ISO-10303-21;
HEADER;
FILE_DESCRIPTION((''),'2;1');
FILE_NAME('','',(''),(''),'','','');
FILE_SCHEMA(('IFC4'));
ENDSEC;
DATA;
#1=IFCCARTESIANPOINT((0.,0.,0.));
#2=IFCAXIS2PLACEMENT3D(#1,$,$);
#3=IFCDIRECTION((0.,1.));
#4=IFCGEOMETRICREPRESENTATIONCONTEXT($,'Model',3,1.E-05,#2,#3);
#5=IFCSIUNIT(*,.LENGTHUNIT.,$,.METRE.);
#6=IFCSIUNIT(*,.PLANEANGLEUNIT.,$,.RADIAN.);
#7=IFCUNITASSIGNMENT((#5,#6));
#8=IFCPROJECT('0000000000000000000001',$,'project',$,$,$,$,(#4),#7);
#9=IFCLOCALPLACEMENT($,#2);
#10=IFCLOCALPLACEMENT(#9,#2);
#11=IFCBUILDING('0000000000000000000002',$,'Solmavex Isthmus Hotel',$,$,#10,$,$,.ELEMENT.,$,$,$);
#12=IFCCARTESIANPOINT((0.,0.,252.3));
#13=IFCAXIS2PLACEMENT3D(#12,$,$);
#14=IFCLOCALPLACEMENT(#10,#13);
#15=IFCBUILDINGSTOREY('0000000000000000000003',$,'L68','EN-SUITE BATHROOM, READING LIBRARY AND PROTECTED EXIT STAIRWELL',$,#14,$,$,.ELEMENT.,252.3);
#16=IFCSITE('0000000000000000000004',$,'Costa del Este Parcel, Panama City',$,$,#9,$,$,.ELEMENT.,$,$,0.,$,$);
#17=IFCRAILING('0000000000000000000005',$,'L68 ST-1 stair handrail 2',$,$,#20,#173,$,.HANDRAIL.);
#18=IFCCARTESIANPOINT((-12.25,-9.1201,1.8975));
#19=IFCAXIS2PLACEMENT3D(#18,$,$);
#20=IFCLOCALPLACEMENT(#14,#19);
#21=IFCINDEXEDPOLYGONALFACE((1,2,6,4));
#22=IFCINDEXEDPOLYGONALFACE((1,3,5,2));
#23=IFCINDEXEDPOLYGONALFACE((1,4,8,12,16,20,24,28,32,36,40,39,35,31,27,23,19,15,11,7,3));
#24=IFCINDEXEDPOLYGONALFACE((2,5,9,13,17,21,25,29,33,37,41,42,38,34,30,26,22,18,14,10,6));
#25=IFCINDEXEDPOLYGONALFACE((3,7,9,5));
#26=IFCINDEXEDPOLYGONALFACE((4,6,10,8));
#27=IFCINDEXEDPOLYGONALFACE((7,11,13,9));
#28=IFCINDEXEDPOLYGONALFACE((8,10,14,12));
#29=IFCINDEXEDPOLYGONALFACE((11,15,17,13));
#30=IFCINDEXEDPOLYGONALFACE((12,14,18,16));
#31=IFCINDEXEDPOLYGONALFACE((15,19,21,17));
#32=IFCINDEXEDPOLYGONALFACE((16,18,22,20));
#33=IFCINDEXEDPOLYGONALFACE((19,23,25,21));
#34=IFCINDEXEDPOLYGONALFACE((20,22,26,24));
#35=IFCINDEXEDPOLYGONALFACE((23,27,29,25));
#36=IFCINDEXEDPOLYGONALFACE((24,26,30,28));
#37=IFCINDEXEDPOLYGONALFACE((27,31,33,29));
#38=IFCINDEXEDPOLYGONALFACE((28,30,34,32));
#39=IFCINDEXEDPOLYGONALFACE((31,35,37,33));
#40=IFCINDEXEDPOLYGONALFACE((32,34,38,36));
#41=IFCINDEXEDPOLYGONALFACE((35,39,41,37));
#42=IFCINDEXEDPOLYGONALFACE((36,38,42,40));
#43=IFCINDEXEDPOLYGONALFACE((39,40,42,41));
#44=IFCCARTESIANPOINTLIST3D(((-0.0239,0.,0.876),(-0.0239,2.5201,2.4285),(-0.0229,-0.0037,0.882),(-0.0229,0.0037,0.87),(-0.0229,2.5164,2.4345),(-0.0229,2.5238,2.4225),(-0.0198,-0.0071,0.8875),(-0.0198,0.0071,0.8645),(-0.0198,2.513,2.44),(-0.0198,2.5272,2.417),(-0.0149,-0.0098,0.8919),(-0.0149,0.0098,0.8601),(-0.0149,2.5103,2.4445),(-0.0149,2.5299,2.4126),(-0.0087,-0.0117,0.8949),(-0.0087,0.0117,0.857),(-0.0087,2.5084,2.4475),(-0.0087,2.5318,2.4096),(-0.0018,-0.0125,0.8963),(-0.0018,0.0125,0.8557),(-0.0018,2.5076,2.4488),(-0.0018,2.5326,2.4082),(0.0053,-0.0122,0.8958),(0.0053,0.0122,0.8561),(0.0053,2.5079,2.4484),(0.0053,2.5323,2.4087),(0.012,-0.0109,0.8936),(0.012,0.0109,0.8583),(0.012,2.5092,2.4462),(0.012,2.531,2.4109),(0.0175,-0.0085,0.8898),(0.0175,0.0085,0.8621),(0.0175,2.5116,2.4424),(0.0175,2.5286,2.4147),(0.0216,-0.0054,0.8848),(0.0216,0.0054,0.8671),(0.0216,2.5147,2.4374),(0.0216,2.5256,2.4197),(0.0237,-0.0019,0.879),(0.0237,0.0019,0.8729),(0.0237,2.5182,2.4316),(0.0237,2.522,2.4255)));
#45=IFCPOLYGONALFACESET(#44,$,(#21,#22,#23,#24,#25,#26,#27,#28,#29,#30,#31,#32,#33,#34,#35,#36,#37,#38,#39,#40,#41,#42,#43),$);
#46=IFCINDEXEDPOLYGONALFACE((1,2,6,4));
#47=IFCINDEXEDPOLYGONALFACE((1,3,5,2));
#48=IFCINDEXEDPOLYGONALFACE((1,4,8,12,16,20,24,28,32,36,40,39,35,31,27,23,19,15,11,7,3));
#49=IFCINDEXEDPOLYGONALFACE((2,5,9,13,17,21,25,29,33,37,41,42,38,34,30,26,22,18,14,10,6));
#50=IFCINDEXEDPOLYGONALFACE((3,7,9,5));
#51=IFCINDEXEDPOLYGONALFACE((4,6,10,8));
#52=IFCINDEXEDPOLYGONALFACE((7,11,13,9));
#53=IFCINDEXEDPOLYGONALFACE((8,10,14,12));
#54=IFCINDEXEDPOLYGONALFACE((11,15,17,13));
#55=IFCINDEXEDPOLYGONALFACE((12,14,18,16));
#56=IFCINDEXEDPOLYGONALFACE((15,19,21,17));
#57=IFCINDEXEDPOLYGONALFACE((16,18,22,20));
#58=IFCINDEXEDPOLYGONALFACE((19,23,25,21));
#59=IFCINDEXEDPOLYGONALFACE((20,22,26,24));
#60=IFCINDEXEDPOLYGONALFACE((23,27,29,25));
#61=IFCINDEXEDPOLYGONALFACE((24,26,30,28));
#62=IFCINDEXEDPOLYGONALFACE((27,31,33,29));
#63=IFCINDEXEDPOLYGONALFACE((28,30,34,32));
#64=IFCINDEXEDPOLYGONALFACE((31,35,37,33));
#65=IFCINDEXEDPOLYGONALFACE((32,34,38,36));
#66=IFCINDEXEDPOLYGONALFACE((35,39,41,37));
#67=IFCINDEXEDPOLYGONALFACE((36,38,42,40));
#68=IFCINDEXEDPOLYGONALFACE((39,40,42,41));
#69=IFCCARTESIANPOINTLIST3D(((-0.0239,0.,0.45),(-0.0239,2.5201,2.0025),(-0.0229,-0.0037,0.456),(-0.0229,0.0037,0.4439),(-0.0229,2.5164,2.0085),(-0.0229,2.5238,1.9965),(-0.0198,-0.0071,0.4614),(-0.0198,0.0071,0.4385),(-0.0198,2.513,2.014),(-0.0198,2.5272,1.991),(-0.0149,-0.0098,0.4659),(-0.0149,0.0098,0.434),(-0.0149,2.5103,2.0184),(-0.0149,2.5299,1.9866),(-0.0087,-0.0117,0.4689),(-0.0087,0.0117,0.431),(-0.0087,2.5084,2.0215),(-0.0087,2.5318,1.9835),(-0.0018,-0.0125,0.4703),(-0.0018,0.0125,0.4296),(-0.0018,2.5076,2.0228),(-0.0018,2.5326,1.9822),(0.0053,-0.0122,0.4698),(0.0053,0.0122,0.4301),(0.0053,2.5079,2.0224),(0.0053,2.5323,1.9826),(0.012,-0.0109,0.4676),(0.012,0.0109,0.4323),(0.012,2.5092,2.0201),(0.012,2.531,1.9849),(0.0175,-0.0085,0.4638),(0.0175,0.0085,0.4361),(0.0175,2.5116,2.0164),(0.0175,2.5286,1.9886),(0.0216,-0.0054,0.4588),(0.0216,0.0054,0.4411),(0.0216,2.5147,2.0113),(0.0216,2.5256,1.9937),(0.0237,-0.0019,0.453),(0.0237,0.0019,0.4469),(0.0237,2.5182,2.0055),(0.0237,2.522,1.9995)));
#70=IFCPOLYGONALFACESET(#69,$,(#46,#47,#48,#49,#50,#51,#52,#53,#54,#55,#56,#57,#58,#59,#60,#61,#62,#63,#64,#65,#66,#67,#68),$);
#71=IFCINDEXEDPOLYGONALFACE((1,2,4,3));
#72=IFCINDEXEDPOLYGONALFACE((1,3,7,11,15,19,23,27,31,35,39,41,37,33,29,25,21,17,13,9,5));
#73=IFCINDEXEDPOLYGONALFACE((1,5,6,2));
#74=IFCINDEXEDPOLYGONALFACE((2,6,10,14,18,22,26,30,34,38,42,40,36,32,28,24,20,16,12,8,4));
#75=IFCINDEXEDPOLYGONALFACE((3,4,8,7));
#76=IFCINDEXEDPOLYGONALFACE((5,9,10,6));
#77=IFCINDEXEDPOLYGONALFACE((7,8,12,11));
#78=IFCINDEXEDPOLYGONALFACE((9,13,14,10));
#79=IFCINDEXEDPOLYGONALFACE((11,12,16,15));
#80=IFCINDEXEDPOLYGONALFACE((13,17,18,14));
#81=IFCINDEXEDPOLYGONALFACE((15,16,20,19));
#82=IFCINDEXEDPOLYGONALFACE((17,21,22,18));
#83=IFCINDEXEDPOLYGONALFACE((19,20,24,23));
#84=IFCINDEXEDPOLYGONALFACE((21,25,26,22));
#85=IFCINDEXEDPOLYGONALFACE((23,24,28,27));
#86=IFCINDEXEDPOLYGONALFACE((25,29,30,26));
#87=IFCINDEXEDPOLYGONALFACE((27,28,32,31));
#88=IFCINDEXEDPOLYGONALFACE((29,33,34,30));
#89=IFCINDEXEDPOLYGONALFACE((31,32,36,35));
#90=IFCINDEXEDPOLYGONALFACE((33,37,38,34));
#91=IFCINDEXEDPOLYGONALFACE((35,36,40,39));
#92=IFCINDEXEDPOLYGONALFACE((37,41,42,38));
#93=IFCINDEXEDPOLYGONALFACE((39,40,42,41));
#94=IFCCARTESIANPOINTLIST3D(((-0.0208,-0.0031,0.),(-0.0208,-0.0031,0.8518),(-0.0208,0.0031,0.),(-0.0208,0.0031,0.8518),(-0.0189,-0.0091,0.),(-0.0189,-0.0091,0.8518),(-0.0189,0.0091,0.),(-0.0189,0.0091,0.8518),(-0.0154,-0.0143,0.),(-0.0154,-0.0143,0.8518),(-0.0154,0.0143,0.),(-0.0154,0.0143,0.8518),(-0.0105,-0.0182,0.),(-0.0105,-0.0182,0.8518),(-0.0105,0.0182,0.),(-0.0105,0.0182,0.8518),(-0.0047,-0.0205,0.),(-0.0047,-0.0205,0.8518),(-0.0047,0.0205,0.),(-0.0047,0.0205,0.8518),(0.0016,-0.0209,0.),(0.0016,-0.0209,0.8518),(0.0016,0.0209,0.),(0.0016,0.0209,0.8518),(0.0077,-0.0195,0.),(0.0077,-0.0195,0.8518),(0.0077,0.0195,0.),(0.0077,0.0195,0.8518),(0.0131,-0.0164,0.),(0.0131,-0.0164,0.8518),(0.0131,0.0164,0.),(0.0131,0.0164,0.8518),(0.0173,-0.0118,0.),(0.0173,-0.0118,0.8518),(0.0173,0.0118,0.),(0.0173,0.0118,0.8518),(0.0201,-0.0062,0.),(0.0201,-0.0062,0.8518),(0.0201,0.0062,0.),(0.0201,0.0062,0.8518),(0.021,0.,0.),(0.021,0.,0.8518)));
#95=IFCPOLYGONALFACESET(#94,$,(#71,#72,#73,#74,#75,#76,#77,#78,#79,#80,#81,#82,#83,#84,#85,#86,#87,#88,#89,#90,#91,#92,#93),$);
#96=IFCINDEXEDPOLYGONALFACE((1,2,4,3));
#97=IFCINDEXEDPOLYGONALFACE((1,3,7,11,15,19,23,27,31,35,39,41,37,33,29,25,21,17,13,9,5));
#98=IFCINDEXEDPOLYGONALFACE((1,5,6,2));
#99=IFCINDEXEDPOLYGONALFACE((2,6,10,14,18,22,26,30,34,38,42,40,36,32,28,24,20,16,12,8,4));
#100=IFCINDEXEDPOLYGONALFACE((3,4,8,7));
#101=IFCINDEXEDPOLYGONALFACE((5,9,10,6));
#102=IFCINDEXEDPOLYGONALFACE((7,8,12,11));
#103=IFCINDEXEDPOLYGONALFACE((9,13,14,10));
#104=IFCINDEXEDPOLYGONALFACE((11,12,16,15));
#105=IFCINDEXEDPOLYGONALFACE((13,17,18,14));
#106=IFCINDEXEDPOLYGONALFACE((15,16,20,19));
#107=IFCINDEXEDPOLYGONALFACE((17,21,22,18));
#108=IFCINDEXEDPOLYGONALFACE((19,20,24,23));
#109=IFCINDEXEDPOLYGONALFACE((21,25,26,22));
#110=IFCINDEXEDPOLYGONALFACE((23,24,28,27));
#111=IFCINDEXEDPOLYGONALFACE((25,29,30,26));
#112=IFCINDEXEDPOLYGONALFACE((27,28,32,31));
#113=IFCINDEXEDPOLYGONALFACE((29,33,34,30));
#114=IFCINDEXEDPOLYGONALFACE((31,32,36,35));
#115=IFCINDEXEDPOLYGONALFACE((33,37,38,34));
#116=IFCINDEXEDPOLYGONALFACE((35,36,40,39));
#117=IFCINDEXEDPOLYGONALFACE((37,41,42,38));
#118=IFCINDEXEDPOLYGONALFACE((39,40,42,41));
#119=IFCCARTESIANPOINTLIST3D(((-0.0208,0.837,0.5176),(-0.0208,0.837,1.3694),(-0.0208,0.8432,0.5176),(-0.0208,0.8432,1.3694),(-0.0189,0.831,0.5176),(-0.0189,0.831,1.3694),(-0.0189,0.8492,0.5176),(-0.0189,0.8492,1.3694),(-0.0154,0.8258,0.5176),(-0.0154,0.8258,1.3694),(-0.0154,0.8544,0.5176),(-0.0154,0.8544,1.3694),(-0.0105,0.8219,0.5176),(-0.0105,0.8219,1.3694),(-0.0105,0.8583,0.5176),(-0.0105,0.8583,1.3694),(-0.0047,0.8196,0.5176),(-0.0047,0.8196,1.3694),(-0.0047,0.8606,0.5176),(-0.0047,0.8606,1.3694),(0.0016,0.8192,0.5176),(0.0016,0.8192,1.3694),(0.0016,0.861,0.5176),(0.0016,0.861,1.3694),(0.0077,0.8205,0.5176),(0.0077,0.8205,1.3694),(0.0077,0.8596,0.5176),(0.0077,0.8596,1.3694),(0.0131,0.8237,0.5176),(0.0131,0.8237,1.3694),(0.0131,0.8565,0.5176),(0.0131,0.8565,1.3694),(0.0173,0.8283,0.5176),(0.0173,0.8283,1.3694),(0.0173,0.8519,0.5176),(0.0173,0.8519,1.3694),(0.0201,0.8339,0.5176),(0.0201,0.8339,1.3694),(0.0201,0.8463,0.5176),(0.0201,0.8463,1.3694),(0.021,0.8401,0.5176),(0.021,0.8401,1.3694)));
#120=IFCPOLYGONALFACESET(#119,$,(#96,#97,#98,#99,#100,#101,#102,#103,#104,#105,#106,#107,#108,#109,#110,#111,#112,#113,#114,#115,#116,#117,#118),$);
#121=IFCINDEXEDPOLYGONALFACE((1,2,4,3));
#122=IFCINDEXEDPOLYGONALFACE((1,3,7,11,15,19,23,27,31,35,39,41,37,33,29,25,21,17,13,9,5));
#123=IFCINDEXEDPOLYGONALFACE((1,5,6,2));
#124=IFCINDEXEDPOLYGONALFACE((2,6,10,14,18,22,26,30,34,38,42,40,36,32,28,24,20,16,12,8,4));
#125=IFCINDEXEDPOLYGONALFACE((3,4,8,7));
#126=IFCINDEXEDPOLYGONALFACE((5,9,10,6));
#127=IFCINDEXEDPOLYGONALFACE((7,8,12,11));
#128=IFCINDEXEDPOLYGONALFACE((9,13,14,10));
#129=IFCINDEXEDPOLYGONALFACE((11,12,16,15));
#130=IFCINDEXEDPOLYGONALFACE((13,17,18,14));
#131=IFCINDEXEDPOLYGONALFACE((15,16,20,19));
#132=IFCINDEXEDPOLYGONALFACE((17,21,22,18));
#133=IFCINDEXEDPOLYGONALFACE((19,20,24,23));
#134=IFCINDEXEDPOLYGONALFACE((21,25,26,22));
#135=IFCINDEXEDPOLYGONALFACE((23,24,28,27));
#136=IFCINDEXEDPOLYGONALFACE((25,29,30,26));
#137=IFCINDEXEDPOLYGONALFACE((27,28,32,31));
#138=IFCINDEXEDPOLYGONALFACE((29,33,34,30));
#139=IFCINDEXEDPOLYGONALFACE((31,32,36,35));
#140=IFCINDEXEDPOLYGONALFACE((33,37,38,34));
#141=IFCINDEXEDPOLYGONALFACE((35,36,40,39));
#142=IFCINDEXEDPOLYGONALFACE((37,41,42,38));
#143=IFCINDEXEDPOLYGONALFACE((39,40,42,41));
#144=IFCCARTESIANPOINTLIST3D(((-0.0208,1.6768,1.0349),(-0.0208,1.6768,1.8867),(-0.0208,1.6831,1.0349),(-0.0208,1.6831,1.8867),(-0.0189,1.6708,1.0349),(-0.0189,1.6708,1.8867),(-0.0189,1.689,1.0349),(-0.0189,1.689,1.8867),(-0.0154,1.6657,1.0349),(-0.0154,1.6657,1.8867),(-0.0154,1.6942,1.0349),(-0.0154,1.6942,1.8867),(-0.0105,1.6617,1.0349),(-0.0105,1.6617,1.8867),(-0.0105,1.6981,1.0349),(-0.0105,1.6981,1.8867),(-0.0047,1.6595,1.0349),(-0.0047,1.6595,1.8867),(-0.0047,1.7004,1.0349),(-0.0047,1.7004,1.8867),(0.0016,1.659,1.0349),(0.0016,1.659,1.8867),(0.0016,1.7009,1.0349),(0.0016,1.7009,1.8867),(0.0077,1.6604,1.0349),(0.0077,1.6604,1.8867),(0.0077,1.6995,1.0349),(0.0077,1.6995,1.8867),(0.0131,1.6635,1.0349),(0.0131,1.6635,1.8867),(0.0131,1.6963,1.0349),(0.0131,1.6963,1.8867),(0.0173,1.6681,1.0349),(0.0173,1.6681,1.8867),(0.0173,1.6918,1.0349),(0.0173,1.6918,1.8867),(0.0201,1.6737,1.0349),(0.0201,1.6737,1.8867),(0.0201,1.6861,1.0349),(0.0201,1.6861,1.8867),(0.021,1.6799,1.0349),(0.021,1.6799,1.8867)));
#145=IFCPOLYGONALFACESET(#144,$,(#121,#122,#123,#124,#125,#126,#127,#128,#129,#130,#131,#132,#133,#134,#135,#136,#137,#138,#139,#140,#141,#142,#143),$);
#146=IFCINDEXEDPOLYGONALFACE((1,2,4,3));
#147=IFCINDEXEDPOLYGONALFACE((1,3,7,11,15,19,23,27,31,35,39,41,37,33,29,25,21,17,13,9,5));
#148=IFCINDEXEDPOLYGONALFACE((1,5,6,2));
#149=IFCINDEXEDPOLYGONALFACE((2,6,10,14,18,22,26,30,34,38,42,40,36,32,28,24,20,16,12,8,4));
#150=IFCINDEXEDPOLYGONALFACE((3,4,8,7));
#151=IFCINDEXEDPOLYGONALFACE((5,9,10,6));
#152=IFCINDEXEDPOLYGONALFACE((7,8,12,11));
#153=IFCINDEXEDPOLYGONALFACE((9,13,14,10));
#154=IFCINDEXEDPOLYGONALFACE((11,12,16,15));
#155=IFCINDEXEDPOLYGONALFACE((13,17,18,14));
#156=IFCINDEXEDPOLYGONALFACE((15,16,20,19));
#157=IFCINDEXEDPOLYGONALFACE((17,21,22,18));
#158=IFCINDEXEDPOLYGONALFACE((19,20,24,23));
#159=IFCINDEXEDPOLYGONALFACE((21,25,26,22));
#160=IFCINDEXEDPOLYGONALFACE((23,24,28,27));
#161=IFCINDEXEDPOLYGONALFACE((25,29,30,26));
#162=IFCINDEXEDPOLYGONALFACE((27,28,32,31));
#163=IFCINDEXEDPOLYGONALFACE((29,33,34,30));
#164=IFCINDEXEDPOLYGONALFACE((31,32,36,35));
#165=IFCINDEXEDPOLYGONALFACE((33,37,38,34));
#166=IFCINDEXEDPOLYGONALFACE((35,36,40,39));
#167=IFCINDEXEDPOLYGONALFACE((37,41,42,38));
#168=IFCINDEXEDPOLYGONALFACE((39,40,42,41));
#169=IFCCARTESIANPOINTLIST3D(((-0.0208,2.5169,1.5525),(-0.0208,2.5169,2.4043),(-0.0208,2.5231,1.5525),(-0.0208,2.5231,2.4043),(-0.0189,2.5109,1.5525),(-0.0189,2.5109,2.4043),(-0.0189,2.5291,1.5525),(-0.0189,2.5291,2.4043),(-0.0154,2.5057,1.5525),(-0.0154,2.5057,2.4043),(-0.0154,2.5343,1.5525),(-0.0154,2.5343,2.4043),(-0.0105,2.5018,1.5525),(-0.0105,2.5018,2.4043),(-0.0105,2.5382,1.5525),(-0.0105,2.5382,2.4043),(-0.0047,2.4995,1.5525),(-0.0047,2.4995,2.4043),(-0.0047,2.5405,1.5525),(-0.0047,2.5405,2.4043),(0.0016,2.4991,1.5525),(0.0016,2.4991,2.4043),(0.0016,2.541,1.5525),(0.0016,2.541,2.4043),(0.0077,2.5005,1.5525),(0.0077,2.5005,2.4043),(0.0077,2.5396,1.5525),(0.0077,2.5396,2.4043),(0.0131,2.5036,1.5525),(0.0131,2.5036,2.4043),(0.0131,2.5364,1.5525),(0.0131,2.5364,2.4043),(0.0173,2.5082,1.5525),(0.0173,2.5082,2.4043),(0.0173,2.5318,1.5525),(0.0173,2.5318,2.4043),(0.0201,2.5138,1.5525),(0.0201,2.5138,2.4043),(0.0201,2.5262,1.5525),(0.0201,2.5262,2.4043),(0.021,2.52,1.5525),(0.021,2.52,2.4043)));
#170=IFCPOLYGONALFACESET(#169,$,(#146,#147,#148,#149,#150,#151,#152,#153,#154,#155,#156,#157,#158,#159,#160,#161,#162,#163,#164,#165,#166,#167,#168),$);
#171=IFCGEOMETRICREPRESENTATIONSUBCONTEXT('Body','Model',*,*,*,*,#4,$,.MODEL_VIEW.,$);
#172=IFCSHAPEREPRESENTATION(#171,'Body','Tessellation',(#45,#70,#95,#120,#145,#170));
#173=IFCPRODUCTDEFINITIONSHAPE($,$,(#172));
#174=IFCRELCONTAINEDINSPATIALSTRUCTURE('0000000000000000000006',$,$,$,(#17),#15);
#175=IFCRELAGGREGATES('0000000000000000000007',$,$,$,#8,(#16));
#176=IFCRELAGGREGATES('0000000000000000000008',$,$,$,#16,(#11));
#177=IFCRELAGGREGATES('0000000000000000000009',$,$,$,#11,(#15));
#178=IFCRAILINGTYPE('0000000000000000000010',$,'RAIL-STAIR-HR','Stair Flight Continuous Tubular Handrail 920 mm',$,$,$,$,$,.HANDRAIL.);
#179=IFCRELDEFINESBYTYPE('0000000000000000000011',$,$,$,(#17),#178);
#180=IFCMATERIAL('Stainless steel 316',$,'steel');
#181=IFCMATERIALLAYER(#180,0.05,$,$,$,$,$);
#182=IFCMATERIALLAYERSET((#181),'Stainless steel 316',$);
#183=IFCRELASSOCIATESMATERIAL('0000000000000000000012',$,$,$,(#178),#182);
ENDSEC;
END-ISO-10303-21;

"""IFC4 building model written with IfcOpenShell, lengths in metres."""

from ifc_helpers import new_model, si_unit, direction, frame, origin, origin_2d, place, context, subcontext, project, spatial, circle, extrude, material, layer, layer_set, type_object, element, save


model = new_model("IFC4")

# Units and contexts
model_context = context("Model", 3, precision=1e-05, world=origin(), true_north=direction((0.0, 1.0)))
body_context = subcontext(model_context, "Body", "Model", "MODEL_VIEW")
ifc_project = project(units=[si_unit("LENGTHUNIT", "METRE"), si_unit("PLANEANGLEUNIT", "RADIAN")], contexts=[model_context])

# Site, building, storey
site_placement = place(None, origin())
site = spatial("IfcSite", under=ifc_project, at=site_placement, Name="Costa del Este Parcel, Panama City", CompositionType="ELEMENT", RefElevation=0.0)
building_placement = place(site_placement, origin())
building = spatial("IfcBuilding", under=site, at=building_placement, Name="Solmavex Isthmus Hotel", CompositionType="ELEMENT")
storey_placement = place(building_placement, frame((0.0, 0.0, 252.3)))
storey = spatial("IfcBuildingStorey", under=building, at=storey_placement, Name="L68", Description="EN-SUITE BATHROOM, READING LIBRARY AND PROTECTED EXIT STAIRWELL", CompositionType="ELEMENT", Elevation=252.3)

# Shared definitions
ifc_material_1 = material(Name="Stainless steel 316", Category="steel")

# Railing
ifc_layer_1 = layer(ifc_material_1, 0.05)
ifc_layer_set_1 = layer_set([ifc_layer_1], Name="Stainless steel 316")
railing_type = type_object("IfcRailingType", Name="RAIL-STAIR-HR", Description="Stair Flight Continuous Tubular Handrail 920 mm", PredefinedType="HANDRAIL", material=ifc_layer_set_1)
railing_placement = place(storey_placement, frame((-12.25, -9.1201, 1.8975)))
element("IfcRailing", 1, at=railing_placement, inside=storey, type_object=railing_type, Name="L68 ST-1 stair handrail 2", PredefinedType="HANDRAIL", context=body_context, shape_type="SweptSolid", body=[
    extrude(circle(Radius=0.0239, at=origin_2d()), frame((0.0, 0.0, 0.876), z_axis=(0.0, 0.8514, 0.524516), x_axis=(-1.0, 0.0, 0.0)), (0.0, 0.0, 1.0), 2.96),
    extrude(circle(Radius=0.0239, at=origin_2d()), frame((0.0, 0.0, 0.45), z_axis=(0.0, 0.8514, 0.524516), x_axis=(-1.0, 0.0, 0.0)), (0.0, 0.0, 1.0), 2.96),
    extrude(circle(Radius=0.021, at=origin_2d()), origin(), (0.0, 0.0, 1.0), 0.8518),
    extrude(circle(Radius=0.021, at=origin_2d()), frame((0.0, 0.8401, 0.5176)), (0.0, 0.0, 1.0), 0.8518),
    extrude(circle(Radius=0.021, at=origin_2d()), frame((0.0, 1.6799, 1.0349)), (0.0, 0.0, 1.0), 0.8518),
    extrude(circle(Radius=0.021, at=origin_2d()), frame((0.0, 2.52, 1.5525)), (0.0, 0.0, 1.0), 0.8518),
])

save(model, "model.ifc")
